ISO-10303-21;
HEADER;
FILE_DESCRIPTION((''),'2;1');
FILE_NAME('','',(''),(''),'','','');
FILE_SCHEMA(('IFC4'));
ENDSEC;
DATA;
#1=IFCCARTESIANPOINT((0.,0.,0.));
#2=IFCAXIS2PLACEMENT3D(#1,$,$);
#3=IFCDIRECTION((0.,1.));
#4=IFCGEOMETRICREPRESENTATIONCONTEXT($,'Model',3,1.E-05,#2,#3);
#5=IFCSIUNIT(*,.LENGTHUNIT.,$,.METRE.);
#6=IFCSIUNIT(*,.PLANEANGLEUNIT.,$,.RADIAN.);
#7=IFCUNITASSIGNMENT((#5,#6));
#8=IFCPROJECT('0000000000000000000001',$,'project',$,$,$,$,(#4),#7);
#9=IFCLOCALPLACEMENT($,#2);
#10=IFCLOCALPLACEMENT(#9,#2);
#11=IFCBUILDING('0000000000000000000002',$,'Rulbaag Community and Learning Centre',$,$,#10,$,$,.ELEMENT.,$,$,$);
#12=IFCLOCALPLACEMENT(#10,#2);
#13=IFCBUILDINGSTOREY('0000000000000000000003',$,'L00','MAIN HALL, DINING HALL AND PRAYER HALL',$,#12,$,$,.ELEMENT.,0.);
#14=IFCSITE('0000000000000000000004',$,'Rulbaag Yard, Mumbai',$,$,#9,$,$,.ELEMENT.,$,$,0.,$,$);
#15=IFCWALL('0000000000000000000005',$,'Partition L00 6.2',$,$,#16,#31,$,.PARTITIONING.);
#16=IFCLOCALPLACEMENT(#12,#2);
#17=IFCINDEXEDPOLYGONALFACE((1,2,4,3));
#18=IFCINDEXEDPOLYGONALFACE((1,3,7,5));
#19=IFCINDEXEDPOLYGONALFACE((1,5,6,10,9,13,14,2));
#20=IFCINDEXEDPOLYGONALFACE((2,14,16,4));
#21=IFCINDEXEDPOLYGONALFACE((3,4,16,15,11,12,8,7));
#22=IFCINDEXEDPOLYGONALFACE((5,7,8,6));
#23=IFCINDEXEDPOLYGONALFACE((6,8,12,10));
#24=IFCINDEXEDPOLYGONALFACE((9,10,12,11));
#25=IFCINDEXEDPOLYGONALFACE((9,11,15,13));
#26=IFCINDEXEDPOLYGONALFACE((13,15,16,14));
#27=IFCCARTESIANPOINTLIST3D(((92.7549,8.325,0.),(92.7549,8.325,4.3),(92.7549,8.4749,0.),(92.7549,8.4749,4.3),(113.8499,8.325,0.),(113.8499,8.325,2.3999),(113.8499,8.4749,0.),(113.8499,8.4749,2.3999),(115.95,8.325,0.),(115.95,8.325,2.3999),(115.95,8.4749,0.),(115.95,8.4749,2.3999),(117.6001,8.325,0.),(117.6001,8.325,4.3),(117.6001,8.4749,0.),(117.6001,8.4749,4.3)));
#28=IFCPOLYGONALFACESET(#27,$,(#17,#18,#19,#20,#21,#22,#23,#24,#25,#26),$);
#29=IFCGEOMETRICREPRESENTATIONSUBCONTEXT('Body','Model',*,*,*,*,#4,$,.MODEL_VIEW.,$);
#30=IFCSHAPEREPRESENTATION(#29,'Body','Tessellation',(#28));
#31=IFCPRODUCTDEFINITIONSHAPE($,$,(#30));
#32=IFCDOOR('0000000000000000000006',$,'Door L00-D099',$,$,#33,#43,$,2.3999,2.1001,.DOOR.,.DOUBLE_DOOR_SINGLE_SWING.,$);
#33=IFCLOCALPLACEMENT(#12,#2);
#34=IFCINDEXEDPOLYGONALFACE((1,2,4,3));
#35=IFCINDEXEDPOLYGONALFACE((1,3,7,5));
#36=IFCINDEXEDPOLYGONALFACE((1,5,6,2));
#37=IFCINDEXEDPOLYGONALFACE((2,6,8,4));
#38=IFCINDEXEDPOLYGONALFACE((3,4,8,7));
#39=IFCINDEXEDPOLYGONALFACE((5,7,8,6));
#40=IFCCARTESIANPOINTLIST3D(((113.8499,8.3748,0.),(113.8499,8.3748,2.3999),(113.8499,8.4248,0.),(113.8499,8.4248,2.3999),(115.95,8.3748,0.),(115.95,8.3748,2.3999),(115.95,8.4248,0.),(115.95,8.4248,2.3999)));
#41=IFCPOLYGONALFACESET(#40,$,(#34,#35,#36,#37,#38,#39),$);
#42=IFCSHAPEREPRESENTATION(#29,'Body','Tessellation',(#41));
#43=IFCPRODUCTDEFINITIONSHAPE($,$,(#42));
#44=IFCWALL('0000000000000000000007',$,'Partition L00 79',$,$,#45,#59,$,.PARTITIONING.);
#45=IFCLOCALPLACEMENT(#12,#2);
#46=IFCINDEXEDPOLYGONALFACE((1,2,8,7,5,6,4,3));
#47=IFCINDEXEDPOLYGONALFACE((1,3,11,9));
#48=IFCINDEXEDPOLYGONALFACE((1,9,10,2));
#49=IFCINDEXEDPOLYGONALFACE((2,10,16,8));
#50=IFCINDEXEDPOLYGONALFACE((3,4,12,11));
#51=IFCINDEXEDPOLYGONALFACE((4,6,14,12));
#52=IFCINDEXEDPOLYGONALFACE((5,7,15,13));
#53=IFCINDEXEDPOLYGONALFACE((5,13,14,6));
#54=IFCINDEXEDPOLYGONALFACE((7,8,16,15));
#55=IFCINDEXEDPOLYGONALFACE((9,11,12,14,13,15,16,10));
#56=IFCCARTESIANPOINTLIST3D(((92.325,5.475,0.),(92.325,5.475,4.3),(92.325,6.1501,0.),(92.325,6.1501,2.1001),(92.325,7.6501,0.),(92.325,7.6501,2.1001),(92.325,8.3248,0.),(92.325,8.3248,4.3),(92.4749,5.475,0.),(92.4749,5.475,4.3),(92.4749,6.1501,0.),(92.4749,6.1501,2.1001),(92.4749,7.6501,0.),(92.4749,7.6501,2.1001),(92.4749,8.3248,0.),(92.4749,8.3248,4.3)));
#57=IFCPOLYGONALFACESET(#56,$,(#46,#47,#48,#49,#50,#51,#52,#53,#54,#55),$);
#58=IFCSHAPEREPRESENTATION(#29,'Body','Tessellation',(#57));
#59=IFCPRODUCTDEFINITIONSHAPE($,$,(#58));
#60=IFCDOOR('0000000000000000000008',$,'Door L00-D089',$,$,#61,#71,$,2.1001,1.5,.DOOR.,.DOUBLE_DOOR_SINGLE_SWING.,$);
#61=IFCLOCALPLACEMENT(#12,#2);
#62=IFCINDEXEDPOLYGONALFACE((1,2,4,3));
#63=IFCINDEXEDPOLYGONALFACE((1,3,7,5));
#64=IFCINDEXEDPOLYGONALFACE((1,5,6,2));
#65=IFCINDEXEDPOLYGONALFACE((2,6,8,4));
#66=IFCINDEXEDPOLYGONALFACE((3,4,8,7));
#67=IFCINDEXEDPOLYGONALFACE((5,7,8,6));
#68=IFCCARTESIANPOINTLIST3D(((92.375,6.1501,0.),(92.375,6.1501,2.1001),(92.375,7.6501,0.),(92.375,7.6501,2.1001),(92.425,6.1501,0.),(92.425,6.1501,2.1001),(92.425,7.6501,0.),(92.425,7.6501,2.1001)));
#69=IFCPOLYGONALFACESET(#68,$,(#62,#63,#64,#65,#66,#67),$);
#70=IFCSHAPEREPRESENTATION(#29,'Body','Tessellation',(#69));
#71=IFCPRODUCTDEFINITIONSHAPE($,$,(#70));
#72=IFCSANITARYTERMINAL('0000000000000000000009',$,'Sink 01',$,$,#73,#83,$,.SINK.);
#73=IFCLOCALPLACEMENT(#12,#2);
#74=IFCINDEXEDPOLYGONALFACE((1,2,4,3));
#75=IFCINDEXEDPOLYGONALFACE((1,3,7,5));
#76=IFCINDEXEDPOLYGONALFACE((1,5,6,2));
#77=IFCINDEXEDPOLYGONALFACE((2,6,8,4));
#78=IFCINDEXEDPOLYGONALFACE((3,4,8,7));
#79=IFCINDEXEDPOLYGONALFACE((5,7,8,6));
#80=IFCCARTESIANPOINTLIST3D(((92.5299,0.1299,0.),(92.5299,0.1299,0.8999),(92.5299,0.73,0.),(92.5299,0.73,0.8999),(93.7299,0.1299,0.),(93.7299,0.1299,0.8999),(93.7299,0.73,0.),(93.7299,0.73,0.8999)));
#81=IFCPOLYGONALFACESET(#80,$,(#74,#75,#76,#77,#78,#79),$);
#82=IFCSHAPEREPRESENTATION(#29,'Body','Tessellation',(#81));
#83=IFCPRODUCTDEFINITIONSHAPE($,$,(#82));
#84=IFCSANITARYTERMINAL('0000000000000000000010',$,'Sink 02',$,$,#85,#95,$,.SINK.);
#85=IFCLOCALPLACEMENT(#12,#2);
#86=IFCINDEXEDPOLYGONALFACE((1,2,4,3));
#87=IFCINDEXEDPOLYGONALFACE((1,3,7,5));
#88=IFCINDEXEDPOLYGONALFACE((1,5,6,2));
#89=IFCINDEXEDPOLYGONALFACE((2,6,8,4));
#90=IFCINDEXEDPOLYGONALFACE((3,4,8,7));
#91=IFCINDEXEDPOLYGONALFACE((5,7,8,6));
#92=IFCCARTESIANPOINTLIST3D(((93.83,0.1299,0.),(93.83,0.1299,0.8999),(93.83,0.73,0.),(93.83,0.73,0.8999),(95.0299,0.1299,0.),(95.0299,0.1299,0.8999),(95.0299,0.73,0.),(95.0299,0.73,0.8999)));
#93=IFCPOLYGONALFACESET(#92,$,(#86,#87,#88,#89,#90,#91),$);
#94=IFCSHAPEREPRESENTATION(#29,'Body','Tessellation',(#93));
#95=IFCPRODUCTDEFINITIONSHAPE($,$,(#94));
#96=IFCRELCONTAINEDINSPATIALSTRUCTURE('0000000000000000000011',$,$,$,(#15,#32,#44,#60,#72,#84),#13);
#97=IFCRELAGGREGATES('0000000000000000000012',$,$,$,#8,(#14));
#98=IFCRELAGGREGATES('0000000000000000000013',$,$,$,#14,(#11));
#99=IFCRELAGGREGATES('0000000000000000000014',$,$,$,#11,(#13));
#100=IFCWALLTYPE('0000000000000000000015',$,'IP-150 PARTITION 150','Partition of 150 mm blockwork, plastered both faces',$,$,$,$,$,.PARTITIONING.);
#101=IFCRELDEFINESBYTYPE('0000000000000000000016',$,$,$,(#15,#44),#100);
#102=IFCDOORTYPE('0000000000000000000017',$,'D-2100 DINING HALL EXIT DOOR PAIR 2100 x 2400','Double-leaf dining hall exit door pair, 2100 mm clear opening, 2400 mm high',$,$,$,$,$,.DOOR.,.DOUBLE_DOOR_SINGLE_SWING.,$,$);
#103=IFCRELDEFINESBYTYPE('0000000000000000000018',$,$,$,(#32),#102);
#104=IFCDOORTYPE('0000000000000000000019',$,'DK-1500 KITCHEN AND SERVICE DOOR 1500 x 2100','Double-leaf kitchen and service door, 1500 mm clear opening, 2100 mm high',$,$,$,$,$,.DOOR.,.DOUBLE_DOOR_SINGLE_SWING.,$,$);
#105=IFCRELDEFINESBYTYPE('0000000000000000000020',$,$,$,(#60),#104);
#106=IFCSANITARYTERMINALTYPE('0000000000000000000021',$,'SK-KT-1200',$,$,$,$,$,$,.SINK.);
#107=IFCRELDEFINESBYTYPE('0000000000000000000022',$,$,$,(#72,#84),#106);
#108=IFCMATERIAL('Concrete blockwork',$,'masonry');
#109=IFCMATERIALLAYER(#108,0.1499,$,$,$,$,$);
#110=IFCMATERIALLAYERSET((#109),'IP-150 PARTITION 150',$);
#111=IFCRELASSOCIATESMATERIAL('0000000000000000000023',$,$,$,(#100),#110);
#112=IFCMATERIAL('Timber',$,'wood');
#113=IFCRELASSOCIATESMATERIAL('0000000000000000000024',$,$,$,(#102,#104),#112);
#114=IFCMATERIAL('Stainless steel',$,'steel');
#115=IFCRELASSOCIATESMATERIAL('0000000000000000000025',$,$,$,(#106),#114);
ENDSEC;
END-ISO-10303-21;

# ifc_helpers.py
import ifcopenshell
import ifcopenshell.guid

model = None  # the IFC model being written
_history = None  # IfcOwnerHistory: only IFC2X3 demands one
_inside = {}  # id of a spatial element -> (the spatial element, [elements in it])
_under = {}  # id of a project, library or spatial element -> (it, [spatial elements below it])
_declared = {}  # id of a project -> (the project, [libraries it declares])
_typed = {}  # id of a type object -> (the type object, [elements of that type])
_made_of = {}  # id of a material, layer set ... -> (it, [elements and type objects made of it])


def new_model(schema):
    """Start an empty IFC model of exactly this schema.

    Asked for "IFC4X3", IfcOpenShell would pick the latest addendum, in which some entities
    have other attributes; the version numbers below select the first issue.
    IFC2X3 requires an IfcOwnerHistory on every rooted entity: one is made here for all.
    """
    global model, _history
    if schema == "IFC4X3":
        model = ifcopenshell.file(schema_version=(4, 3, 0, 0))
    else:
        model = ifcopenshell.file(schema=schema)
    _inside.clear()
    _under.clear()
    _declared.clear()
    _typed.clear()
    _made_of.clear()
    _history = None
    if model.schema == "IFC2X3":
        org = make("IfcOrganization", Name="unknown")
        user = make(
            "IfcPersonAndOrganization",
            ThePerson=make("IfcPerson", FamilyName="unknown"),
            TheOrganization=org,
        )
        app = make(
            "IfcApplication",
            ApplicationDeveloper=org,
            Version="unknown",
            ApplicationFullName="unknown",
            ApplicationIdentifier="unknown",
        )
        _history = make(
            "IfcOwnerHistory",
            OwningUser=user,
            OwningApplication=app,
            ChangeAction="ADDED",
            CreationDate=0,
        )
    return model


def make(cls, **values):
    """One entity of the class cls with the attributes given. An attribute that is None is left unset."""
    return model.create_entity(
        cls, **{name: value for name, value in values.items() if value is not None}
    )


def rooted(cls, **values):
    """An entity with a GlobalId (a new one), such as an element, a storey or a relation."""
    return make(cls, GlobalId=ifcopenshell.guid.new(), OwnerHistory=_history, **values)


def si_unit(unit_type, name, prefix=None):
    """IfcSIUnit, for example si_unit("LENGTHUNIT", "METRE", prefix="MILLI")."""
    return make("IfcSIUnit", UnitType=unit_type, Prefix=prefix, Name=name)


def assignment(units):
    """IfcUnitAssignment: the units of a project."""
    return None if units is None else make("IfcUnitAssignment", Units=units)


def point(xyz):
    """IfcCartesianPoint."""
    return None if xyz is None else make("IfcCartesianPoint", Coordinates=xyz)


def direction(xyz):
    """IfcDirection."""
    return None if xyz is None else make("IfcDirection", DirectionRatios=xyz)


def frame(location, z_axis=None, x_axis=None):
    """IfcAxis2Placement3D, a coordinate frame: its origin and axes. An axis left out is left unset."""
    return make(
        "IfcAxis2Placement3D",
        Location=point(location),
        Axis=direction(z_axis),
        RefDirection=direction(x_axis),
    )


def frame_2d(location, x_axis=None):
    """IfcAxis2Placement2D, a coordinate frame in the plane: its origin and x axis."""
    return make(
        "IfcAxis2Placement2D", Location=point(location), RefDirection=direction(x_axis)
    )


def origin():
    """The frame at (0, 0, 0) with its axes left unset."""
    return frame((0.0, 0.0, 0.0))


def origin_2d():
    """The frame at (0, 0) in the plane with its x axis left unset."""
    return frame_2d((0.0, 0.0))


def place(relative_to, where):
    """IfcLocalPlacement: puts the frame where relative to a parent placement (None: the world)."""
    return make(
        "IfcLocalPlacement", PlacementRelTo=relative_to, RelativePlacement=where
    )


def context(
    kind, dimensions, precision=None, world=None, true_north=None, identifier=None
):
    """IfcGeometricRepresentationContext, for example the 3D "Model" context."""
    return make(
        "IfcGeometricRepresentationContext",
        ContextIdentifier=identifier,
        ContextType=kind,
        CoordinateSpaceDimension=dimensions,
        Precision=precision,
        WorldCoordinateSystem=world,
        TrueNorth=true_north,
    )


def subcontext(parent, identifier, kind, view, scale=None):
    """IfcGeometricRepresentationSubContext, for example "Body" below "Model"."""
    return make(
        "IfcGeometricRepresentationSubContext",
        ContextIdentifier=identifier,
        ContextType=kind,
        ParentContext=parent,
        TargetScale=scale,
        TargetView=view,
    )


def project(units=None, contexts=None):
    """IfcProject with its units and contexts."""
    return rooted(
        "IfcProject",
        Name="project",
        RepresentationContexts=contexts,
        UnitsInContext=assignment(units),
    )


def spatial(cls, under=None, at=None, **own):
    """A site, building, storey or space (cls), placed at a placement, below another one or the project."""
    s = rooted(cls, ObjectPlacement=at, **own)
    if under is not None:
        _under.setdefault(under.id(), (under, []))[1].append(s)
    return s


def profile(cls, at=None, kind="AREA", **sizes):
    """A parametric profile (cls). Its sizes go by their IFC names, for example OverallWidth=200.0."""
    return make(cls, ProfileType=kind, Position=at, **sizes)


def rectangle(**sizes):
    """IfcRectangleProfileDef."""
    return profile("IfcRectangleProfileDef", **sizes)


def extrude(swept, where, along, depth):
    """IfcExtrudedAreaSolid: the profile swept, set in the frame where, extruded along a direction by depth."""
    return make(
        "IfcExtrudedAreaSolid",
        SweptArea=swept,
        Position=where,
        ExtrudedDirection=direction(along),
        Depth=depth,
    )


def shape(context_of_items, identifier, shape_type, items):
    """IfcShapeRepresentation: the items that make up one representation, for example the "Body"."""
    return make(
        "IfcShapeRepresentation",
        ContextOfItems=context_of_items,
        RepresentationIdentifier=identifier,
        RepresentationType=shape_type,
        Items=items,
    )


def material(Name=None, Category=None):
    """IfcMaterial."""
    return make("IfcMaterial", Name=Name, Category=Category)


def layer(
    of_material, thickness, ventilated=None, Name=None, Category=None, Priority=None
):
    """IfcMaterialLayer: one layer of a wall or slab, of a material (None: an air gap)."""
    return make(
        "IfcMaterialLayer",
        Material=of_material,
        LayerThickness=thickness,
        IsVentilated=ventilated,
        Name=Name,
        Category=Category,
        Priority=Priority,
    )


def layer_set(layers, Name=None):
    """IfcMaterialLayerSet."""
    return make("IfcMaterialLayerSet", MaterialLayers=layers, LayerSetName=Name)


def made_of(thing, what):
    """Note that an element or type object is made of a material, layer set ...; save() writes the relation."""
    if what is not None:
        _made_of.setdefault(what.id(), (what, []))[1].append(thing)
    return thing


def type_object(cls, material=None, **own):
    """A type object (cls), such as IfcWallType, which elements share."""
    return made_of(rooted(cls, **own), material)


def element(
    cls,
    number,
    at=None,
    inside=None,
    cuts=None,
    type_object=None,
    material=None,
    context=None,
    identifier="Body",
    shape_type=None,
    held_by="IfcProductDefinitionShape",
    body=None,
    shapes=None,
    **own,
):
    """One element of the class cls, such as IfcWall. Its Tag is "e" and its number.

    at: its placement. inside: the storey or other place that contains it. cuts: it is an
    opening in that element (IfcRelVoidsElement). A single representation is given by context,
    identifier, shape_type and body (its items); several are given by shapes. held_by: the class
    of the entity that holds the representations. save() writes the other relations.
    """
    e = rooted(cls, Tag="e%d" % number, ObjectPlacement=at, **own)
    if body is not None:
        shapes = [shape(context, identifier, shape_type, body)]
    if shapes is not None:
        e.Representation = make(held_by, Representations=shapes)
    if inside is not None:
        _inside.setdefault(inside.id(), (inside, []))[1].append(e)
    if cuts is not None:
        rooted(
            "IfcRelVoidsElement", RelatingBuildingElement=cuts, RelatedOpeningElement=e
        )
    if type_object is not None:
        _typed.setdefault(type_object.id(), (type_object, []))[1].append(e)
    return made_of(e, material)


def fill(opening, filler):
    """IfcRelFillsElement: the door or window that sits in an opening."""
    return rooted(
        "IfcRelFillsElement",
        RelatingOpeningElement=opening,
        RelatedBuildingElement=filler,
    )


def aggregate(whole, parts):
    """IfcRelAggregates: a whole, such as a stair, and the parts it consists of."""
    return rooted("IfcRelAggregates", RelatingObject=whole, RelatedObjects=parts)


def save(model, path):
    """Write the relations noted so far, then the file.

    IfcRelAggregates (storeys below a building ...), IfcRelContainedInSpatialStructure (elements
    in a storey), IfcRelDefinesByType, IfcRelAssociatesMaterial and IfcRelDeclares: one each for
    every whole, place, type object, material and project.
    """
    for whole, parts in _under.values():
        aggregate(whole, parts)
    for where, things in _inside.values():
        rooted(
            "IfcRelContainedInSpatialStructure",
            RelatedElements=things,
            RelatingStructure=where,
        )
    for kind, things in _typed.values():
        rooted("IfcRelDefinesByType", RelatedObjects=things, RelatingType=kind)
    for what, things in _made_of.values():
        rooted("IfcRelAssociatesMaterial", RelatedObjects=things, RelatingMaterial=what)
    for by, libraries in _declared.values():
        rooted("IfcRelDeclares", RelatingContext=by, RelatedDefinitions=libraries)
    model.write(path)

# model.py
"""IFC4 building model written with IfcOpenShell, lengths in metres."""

from ifc_helpers import new_model, si_unit, direction, frame, frame_2d, origin, origin_2d, place, context, subcontext, project, spatial, rectangle, extrude, material, layer, layer_set, type_object, element, fill, save


model = new_model("IFC4")

# Units and contexts
model_context = context("Model", 3, precision=1e-05, world=origin(), true_north=direction((0.0, 1.0)))
body_context = subcontext(model_context, "Body", "Model", "MODEL_VIEW")
ifc_project = project(units=[si_unit("LENGTHUNIT", "METRE"), si_unit("PLANEANGLEUNIT", "RADIAN")], contexts=[model_context])

# Site, building, storey
site_placement = place(None, origin())
site = spatial("IfcSite", under=ifc_project, at=site_placement, Name="Rulbaag Yard, Mumbai", CompositionType="ELEMENT", RefElevation=0.0)
building_placement = place(site_placement, origin())
building = spatial("IfcBuilding", under=site, at=building_placement, Name="Rulbaag Community and Learning Centre", CompositionType="ELEMENT")
storey_placement = place(building_placement, origin())
storey = spatial("IfcBuildingStorey", under=building, at=storey_placement, Name="L00", Description="MAIN HALL, DINING HALL AND PRAYER HALL", CompositionType="ELEMENT", Elevation=0.0)

# Walls, openings, doors
ifc_material_1 = material(Name="Concrete blockwork", Category="masonry")
ifc_layer_1 = layer(ifc_material_1, 0.1499)
ifc_layer_set_1 = layer_set([ifc_layer_1], Name="IP-150 PARTITION 150")
wall_type_1 = type_object("IfcWallType", Name="IP-150 PARTITION 150", Description="Partition of 150 mm blockwork, plastered both faces", PredefinedType="PARTITIONING", material=ifc_layer_set_1)
ifc_material_2 = material(Name="Timber", Category="wood")
wall_1_placement = place(storey_placement, frame((92.7549, 8.3999, 0.0), z_axis=(0.0, 0.0, 1.0), x_axis=(1.0, 0.0, 0.0)))
wall_1 = element("IfcWall", 1, at=wall_1_placement, inside=storey, type_object=wall_type_1, Name="Partition L00 6.2", PredefinedType="PARTITIONING", context=body_context, shape_type="SweptSolid", body=[
    extrude(rectangle(XDim=24.8452, YDim=0.1499, at=frame_2d((12.4226, 0.0))), origin(), (0.0, 0.0, 1.0), 4.3),
])
opening_1_placement = place(wall_1_placement, frame((21.095, 0.0, 0.0)))
opening_1 = element("IfcOpeningElement", 2, at=opening_1_placement, cuts=wall_1, PredefinedType="OPENING", context=body_context, shape_type="SweptSolid", body=[
    extrude(rectangle(XDim=2.1001, YDim=2.3999, at=frame_2d((1.05, 1.2))), frame((0.0, 0.085, 0.0), z_axis=(0.0, -1.0, 0.0), x_axis=(1.0, 0.0, 0.0)), (0.0, 0.0, 1.0), 0.1699),
])
door_type_1 = type_object("IfcDoorType", Name="D-2100 DINING HALL EXIT DOOR PAIR 2100 x 2400", Description="Double-leaf dining hall exit door pair, 2100 mm clear opening, 2400 mm high", OperationType="DOUBLE_DOOR_SINGLE_SWING", PredefinedType="DOOR", material=ifc_material_2)
door_1_placement = place(opening_1_placement, origin())
door_1 = element("IfcDoor", 3, at=door_1_placement, inside=storey, type_object=door_type_1, Name="Door L00-D099", OperationType="DOUBLE_DOOR_SINGLE_SWING", OverallHeight=2.3999, OverallWidth=2.1001, PredefinedType="DOOR", context=body_context, shape_type="SweptSolid", body=[
    extrude(rectangle(XDim=2.1001, YDim=2.3999, at=frame_2d((1.05, 1.2))), frame((0.0, 0.0249, 0.0), z_axis=(0.0, -1.0, 0.0), x_axis=(1.0, 0.0, 0.0)), (0.0, 0.0, 1.0), 0.05),
])
fill(opening_1, door_1)
wall_2_placement = place(storey_placement, frame((92.3999, 5.4751, 0.0), z_axis=(0.0, 0.0, 1.0), x_axis=(0.0, 1.0, 0.0)))
wall_2 = element("IfcWall", 4, at=wall_2_placement, inside=storey, type_object=wall_type_1, Name="Partition L00 79", PredefinedType="PARTITIONING", context=body_context, shape_type="SweptSolid", body=[
    extrude(rectangle(XDim=2.8499, YDim=0.1499, at=frame_2d((1.4248, 0.0))), origin(), (0.0, 0.0, 1.0), 4.3),
])
opening_2_placement = place(wall_2_placement, frame((0.675, 0.0, 0.0)))
opening_2 = element("IfcOpeningElement", 5, at=opening_2_placement, cuts=wall_2, PredefinedType="OPENING", context=body_context, shape_type="SweptSolid", body=[
    extrude(rectangle(XDim=1.5, YDim=2.1001, at=frame_2d((0.75, 1.05))), frame((0.0, 0.085, 0.0), z_axis=(0.0, -1.0, 0.0), x_axis=(1.0, 0.0, 0.0)), (0.0, 0.0, 1.0), 0.1699),
])
door_type_2 = type_object("IfcDoorType", Name="DK-1500 KITCHEN AND SERVICE DOOR 1500 x 2100", Description="Double-leaf kitchen and service door, 1500 mm clear opening, 2100 mm high", OperationType="DOUBLE_DOOR_SINGLE_SWING", PredefinedType="DOOR", material=ifc_material_2)
door_2_placement = place(opening_2_placement, origin())
door_2 = element("IfcDoor", 6, at=door_2_placement, inside=storey, type_object=door_type_2, Name="Door L00-D089", OperationType="DOUBLE_DOOR_SINGLE_SWING", OverallHeight=2.1001, OverallWidth=1.5, PredefinedType="DOOR", context=body_context, shape_type="SweptSolid", body=[
    extrude(rectangle(XDim=1.5, YDim=2.1001, at=frame_2d((0.75, 1.05))), frame((0.0, 0.0249, 0.0), z_axis=(0.0, -1.0, 0.0), x_axis=(1.0, 0.0, 0.0)), (0.0, 0.0, 1.0), 0.05),
])
fill(opening_2, door_2)

# Sanitary terminals
ifc_material_3 = material(Name="Stainless steel", Category="steel")
sanitary_terminal_type = type_object("IfcSanitaryTerminalType", Name="SK-KT-1200", PredefinedType="SINK", material=ifc_material_3)
for number, where, z_axis, x_axis, name in (
    (7, (93.1299, 0.4299, 0.0), (0.0, 0.0, 1.0), (1.0, 0.0, 0.0), "Sink 01"),
    (8, (94.4299, 0.4299, 0.0), (0.0, 0.0, 1.0), (1.0, 0.0, 0.0), "Sink 02"),
):
    element("IfcSanitaryTerminal", number, at=place(storey_placement, frame(where, z_axis=z_axis, x_axis=x_axis)), inside=storey, type_object=sanitary_terminal_type, Name=name, PredefinedType="SINK", context=body_context, shape_type="SweptSolid", body=[
        extrude(rectangle(XDim=1.2, YDim=0.6001, at=origin_2d()), origin(), (0.0, 0.0, 1.0), 0.8999),
    ])

save(model, "model.ifc")
